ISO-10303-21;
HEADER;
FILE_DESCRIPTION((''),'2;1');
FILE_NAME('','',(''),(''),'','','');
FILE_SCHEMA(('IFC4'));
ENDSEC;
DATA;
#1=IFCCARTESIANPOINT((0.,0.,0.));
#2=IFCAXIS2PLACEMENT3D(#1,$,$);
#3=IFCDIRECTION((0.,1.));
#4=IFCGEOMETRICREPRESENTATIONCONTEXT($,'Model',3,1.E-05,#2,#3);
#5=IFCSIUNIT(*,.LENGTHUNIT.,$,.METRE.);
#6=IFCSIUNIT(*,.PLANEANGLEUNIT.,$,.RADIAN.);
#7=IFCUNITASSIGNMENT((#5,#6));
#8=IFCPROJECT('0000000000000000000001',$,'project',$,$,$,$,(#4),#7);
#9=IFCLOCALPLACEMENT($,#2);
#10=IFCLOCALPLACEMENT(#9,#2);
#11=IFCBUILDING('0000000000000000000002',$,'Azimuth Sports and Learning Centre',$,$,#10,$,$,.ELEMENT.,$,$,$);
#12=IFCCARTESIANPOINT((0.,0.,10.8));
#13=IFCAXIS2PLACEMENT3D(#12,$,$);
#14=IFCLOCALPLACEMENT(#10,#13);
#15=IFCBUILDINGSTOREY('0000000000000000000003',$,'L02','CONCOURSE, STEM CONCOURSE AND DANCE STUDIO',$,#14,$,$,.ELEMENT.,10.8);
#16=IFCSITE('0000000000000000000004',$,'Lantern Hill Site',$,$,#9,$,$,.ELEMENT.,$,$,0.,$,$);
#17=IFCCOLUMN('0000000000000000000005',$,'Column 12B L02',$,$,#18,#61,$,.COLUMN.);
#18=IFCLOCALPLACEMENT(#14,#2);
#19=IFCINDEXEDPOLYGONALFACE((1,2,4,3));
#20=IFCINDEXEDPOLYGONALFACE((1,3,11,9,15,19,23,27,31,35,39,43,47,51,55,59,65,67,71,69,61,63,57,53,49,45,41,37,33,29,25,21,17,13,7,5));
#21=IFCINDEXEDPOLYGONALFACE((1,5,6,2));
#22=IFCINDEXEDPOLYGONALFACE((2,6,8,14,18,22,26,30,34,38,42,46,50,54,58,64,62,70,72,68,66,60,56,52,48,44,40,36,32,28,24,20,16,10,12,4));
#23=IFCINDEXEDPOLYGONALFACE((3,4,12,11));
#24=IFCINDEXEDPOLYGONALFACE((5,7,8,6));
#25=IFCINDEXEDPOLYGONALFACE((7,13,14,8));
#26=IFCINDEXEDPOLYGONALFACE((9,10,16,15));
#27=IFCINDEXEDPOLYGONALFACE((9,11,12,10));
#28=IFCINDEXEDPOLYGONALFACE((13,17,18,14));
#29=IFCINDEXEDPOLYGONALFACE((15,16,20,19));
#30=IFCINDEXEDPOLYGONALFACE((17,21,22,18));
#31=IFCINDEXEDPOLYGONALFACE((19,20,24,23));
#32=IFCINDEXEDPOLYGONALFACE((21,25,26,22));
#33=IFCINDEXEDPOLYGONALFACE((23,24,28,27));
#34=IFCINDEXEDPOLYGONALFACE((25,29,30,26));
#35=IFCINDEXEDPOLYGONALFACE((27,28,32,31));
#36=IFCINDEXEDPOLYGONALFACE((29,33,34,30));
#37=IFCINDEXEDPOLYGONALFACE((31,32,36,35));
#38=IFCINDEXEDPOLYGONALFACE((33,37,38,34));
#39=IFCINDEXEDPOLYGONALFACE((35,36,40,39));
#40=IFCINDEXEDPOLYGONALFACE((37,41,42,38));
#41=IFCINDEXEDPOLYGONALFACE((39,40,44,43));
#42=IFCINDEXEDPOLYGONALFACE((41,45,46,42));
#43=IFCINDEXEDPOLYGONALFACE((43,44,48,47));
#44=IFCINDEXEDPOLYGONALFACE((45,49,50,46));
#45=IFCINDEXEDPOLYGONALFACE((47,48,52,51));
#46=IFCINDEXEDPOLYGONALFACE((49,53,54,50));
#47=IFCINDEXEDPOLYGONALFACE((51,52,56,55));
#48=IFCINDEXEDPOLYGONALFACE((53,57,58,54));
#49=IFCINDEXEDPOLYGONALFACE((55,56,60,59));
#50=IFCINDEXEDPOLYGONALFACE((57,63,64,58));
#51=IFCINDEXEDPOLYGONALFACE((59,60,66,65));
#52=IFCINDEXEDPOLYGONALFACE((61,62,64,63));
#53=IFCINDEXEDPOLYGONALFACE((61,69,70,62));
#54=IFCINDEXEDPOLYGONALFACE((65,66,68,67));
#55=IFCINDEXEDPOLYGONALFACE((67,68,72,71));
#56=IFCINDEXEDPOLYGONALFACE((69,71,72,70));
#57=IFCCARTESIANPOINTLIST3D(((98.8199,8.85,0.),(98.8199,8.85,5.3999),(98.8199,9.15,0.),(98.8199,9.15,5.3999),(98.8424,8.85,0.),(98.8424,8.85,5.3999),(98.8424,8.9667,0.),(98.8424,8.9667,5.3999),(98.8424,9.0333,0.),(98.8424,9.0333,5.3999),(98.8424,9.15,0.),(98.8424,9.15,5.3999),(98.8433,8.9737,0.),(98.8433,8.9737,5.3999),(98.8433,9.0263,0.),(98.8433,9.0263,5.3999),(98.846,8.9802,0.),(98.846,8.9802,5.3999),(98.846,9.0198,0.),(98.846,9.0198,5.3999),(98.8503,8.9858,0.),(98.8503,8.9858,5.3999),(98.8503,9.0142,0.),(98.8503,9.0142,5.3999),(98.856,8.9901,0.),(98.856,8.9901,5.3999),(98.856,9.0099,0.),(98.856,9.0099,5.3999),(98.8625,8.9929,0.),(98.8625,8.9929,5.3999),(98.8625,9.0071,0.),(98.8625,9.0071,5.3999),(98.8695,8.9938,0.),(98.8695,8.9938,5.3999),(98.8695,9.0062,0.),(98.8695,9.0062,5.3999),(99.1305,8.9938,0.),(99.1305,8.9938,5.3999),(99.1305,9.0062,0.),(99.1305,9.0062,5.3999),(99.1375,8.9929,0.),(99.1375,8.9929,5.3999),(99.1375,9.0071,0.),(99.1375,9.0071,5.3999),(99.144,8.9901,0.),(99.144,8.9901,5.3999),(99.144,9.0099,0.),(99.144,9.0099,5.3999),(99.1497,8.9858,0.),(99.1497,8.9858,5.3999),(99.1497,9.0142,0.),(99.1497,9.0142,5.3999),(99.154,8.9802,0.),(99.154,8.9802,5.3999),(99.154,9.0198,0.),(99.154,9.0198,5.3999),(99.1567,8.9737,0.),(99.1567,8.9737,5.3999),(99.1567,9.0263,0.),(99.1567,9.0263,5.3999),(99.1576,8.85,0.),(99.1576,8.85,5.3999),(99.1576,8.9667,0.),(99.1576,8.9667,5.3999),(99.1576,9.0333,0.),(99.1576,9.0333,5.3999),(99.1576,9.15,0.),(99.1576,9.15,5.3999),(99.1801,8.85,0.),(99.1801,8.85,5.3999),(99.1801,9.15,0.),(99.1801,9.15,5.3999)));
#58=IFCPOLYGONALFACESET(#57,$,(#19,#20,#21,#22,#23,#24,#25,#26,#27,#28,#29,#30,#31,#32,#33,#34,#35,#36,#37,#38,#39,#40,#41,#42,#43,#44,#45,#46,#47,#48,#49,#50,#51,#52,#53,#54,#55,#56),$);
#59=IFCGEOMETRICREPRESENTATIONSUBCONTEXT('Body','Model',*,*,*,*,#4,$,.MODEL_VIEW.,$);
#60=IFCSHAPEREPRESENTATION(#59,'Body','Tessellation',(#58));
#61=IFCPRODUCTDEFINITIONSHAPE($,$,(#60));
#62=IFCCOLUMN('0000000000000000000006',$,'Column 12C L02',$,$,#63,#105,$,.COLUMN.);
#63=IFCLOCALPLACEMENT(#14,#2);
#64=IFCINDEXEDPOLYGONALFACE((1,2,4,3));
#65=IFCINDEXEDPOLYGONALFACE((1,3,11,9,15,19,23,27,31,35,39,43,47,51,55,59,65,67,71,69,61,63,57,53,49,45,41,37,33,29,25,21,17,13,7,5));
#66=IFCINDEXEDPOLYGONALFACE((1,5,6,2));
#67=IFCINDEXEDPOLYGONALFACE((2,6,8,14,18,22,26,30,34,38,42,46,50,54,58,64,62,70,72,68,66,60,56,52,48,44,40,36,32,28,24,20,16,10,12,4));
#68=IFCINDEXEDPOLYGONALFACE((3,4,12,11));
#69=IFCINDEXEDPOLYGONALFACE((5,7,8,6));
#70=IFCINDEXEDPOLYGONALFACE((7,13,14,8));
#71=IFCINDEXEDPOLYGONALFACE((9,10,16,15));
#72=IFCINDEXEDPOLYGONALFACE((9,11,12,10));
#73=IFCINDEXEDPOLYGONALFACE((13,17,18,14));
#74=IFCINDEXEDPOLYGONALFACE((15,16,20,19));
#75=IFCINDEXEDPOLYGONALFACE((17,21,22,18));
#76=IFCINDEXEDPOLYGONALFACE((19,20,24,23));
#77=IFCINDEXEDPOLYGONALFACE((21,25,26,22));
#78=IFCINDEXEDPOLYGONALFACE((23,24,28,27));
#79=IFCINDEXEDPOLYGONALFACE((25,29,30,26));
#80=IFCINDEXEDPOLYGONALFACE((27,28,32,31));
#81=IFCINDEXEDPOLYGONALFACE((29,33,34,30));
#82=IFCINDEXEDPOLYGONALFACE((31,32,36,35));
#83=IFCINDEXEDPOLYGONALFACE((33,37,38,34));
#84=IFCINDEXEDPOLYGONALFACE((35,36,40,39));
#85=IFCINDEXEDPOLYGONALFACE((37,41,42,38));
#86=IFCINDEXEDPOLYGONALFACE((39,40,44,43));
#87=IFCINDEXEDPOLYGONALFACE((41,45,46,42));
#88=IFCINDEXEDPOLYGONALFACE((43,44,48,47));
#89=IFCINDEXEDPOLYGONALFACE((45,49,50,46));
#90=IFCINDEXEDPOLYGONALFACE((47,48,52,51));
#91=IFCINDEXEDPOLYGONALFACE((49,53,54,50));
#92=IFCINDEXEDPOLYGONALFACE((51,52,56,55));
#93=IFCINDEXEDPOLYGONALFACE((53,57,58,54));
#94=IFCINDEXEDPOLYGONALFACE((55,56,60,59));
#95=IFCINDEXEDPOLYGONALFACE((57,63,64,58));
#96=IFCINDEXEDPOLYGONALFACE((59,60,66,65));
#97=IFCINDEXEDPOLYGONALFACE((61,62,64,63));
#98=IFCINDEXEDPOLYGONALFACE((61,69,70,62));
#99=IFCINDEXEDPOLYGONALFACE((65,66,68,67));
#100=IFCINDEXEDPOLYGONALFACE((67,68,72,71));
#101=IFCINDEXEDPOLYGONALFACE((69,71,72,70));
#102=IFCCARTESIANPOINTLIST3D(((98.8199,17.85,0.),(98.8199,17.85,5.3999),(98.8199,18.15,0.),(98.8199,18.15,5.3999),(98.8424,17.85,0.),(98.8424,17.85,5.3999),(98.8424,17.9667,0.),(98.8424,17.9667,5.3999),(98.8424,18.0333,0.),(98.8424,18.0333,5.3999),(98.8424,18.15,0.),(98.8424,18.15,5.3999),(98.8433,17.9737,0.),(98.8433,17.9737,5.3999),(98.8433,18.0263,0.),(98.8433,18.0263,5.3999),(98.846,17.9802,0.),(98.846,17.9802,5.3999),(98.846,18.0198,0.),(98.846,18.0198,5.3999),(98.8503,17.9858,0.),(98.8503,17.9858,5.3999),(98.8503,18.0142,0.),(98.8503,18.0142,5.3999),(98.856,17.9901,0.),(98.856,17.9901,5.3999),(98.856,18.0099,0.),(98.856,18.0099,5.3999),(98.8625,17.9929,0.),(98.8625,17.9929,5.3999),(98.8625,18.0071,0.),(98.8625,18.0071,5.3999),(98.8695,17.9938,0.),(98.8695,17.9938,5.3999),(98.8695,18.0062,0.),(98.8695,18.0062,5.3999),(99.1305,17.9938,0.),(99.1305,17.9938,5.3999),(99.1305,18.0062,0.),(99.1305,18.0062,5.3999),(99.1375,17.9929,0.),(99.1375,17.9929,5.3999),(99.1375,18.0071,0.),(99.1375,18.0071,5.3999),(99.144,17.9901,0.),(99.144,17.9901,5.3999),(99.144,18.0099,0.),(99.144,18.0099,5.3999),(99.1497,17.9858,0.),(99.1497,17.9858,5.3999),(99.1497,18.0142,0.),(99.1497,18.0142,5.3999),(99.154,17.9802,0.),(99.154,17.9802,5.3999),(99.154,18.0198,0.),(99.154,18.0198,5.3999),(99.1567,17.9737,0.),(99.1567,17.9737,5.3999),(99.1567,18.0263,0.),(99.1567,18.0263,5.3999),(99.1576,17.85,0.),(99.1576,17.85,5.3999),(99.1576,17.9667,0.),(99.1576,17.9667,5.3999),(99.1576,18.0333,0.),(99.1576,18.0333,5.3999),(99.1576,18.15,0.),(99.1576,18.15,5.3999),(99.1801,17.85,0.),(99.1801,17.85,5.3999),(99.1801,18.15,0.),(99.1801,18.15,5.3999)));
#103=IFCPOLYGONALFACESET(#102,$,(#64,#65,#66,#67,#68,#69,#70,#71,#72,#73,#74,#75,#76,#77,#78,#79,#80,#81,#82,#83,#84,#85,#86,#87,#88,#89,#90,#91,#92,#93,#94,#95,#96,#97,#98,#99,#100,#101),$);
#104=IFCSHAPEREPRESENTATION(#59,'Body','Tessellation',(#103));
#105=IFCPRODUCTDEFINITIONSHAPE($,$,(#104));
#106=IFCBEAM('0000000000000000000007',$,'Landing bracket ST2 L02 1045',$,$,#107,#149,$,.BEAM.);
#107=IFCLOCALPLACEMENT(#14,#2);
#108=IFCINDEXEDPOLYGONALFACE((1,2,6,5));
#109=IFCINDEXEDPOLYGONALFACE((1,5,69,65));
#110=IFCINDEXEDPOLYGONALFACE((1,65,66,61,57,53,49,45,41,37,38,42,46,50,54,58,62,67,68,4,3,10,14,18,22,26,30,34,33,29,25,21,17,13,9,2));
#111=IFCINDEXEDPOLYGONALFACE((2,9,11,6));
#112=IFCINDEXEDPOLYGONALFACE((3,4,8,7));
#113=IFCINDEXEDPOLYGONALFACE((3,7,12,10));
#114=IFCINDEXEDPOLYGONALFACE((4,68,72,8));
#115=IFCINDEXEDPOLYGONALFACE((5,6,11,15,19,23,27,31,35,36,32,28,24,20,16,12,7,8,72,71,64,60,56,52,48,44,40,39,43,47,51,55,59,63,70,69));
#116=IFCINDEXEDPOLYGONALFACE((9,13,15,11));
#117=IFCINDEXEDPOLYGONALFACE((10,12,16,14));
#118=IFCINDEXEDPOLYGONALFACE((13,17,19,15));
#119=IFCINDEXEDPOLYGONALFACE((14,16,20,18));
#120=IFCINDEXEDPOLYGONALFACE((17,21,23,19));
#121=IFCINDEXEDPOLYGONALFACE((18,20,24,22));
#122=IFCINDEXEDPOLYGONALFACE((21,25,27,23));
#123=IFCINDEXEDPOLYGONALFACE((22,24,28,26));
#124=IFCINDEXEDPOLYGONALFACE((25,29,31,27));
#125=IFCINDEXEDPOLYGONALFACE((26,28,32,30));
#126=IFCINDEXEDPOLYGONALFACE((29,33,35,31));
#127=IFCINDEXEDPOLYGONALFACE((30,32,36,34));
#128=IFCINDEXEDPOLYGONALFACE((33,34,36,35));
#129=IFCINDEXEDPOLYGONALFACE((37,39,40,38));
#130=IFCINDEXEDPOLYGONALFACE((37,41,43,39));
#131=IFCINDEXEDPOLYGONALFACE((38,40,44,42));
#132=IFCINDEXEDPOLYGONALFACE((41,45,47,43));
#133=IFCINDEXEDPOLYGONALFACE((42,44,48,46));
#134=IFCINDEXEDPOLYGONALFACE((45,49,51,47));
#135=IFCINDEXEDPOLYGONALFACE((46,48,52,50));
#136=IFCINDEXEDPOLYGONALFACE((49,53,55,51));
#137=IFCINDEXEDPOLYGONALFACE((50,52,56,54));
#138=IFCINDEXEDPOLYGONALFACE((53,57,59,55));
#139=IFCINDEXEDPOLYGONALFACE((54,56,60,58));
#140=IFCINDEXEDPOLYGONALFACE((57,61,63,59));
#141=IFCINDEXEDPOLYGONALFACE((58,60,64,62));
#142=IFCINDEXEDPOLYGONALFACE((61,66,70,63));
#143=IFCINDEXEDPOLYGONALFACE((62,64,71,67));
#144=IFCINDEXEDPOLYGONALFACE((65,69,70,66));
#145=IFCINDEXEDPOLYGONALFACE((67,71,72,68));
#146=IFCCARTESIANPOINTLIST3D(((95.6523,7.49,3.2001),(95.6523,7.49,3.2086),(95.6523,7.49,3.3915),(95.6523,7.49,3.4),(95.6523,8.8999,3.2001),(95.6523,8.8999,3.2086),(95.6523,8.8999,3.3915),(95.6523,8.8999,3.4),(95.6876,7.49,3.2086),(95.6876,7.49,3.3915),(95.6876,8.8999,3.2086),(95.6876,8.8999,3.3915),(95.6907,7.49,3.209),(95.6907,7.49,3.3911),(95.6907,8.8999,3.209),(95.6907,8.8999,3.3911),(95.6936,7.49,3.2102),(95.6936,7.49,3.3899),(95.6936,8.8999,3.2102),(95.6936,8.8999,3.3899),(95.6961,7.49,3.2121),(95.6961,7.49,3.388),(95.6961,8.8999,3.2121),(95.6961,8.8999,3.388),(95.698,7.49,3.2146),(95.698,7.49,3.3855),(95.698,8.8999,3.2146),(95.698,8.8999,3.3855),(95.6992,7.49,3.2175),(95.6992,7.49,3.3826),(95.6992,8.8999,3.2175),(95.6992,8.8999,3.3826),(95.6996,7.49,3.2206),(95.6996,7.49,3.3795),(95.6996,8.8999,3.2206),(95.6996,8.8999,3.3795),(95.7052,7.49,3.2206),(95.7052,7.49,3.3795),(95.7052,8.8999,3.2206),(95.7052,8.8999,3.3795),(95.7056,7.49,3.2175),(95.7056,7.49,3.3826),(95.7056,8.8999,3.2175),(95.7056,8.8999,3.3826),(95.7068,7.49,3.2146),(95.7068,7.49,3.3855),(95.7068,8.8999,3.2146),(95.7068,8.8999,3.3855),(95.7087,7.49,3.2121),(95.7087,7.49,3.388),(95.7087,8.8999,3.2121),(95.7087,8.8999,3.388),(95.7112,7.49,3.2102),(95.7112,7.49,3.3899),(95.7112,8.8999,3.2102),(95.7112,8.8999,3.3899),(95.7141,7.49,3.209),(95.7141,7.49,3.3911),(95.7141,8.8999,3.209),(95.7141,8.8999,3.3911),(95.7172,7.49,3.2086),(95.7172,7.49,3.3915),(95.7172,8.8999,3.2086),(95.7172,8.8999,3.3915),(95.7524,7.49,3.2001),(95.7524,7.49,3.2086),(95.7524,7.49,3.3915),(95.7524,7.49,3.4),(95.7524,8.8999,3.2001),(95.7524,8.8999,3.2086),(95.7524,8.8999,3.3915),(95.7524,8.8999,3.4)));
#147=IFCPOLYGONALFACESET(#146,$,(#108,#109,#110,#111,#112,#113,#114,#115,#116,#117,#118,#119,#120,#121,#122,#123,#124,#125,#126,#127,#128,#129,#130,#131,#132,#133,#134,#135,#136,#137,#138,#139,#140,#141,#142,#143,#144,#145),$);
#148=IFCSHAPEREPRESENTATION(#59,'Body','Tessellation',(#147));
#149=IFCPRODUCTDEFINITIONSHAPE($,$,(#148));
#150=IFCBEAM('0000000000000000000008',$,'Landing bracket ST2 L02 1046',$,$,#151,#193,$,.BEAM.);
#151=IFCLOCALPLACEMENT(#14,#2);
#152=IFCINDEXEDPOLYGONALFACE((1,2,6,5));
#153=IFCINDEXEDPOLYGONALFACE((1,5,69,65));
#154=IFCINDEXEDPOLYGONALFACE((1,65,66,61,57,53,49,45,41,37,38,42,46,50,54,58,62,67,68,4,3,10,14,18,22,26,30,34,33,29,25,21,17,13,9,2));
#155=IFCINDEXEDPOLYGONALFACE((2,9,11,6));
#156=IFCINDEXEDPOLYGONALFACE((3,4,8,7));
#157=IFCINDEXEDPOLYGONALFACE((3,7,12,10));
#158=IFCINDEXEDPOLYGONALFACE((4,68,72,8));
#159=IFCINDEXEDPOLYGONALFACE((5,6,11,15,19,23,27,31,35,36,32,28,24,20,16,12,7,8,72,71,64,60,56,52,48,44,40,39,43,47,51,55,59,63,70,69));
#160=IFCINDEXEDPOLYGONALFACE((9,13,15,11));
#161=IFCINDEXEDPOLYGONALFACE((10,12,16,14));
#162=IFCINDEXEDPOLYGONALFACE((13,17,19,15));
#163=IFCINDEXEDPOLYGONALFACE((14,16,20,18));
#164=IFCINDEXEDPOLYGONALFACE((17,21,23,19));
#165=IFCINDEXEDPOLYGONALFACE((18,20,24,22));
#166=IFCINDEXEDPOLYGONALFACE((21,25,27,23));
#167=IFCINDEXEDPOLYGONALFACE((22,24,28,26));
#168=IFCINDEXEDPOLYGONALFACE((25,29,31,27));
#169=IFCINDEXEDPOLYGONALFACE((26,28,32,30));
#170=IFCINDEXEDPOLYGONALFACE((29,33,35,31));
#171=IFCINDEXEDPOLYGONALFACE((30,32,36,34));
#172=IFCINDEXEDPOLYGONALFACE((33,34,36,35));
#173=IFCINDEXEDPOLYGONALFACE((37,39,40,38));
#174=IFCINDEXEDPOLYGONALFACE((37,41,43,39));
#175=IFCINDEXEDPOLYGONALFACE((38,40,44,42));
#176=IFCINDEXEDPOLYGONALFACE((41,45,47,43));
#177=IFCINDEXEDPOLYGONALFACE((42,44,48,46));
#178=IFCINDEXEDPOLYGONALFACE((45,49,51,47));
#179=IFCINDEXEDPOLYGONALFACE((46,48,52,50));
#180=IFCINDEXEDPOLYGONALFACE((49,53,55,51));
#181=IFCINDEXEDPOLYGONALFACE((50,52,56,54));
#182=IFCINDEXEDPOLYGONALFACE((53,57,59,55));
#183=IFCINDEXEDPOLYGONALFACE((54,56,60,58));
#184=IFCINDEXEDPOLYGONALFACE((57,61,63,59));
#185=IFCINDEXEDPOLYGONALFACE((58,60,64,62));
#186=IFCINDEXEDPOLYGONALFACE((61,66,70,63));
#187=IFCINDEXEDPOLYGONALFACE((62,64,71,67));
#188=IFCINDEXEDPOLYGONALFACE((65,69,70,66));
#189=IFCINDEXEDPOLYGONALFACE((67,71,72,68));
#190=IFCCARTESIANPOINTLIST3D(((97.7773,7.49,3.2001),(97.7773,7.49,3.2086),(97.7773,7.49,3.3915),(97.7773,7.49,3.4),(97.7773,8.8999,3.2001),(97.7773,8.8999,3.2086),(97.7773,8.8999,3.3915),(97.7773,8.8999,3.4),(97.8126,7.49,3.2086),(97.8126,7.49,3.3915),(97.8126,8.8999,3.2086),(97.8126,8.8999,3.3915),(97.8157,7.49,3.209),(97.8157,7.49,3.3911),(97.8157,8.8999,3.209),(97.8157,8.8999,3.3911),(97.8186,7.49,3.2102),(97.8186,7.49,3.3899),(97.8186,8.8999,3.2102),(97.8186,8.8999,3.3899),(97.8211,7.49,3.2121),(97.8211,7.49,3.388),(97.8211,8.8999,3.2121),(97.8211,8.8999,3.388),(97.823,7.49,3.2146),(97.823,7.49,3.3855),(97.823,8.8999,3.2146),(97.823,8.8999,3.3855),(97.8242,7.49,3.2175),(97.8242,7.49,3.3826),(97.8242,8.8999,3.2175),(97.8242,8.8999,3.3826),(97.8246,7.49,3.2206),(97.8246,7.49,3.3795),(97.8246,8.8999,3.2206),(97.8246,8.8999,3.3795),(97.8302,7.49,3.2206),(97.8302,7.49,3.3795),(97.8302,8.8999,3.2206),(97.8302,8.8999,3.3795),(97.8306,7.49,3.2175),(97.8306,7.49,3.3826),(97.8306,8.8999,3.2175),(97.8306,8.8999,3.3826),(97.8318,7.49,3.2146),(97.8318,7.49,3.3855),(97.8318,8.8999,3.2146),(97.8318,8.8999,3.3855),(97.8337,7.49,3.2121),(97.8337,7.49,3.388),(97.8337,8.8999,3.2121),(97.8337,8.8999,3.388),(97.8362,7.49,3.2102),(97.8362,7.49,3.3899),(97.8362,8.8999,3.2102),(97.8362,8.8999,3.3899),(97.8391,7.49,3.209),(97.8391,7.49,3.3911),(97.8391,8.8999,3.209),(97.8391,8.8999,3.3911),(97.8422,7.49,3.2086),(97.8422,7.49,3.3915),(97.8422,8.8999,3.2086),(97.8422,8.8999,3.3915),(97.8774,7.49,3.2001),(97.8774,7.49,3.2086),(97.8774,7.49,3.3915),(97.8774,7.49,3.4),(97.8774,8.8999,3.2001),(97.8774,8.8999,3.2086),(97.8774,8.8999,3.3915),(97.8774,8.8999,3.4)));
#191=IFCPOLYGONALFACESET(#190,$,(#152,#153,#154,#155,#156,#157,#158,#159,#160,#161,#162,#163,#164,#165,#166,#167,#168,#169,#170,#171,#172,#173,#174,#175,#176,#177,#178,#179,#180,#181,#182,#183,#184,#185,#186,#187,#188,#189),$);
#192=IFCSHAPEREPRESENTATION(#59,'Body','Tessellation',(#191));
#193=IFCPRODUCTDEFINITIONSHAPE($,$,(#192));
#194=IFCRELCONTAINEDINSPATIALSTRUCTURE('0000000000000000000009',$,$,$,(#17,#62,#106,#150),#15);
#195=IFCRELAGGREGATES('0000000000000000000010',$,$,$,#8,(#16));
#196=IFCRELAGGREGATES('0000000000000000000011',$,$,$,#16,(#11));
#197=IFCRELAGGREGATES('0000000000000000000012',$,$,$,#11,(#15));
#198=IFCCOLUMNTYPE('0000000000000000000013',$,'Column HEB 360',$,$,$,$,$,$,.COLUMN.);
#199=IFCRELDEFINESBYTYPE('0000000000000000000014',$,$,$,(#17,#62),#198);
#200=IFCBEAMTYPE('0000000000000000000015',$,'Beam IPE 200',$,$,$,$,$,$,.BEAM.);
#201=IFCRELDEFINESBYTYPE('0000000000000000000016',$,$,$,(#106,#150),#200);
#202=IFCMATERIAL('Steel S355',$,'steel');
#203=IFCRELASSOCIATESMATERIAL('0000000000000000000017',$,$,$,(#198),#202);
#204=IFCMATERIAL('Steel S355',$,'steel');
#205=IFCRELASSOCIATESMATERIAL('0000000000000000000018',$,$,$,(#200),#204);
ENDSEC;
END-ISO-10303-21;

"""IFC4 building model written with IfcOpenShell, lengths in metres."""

from ifc_helpers import new_model, si_unit, direction, frame, origin, origin_2d, place, context, subcontext, project, spatial, i_section, extrude, material, material_profile, profile_set, type_object, element, save


model = new_model("IFC4")

# Units and contexts
model_context = context("Model", 3, precision=1e-05, world=origin(), true_north=direction((0.0, 1.0)))
body_context = subcontext(model_context, "Body", "Model", "MODEL_VIEW")
ifc_project = project(units=[si_unit("LENGTHUNIT", "METRE"), si_unit("PLANEANGLEUNIT", "RADIAN")], contexts=[model_context])

# Site, building, storey
site_placement = place(None, origin())
site = spatial("IfcSite", under=ifc_project, at=site_placement, Name="Lantern Hill Site", CompositionType="ELEMENT", RefElevation=0.0)
building_placement = place(site_placement, origin())
building = spatial("IfcBuilding", under=site, at=building_placement, Name="Azimuth Sports and Learning Centre", CompositionType="ELEMENT")
storey_placement = place(building_placement, frame((0.0, 0.0, 10.8)))
storey = spatial("IfcBuildingStorey", under=building, at=storey_placement, Name="L02", Description="CONCOURSE, STEM CONCOURSE AND DANCE STUDIO", CompositionType="ELEMENT", Elevation=10.8)

# Columns
ifc_material_1 = material(Name="Steel S355", Category="steel")
ifc_material_profile_1 = material_profile(ifc_material_1, i_section(OverallWidth=0.3, OverallDepth=0.3601, WebThickness=0.0125, FlangeThickness=0.0225, FilletRadius=0.0271, at=origin_2d()), Name="HEB 360")
ifc_profile_set_1 = profile_set([ifc_material_profile_1], Name="Steel S355")
column_type = type_object("IfcColumnType", Name="Column HEB 360", PredefinedType="COLUMN", material=ifc_profile_set_1)
for number, where, z_axis, x_axis, name in (
    (1, (99.0, 9.0, 0.0), (0.0, 0.0, 1.0), (0.0, 1.0, 0.0), "Column 12B L02"),
    (2, (99.0, 18.0, 0.0), (0.0, 0.0, 1.0), (0.0, 1.0, 0.0), "Column 12C L02"),
):
    element("IfcColumn", number, at=place(storey_placement, frame(where, z_axis=z_axis, x_axis=x_axis)), inside=storey, type_object=column_type, Name=name, PredefinedType="COLUMN", context=body_context, shape_type="SweptSolid", body=[
        extrude(i_section(OverallWidth=0.3, OverallDepth=0.3601, WebThickness=0.0125, FlangeThickness=0.0225, FilletRadius=0.0271, at=origin_2d()), origin(), (0.0, 0.0, 1.0), 5.3999),
    ])

# Beams
ifc_material_2 = material(Name="Steel S355", Category="steel")
ifc_material_profile_2 = material_profile(ifc_material_2, i_section(OverallWidth=0.1001, OverallDepth=0.2, WebThickness=0.0056, FlangeThickness=0.0085, FilletRadius=0.012, at=origin_2d()), Name="IPE 200")
ifc_profile_set_2 = profile_set([ifc_material_profile_2], Name="Steel S355")
beam_type_1 = type_object("IfcBeamType", Name="Beam IPE 200", PredefinedType="BEAM", material=ifc_profile_set_2)
for number, where, z_axis, x_axis, name in (
    (3, (95.7024, 8.8999, 3.3), (0.0, -1.0, 0.0), (1.0, 0.0, 0.0), "Landing bracket ST2 L02 1045"),
    (4, (97.8274, 8.8999, 3.3), (0.0, -1.0, 0.0), (1.0, 0.0, 0.0), "Landing bracket ST2 L02 1046"),
):
    element("IfcBeam", number, at=place(storey_placement, frame(where, z_axis=z_axis, x_axis=x_axis)), inside=storey, type_object=beam_type_1, Name=name, PredefinedType="BEAM", context=body_context, shape_type="SweptSolid", body=[
        extrude(i_section(OverallWidth=0.1001, OverallDepth=0.2, WebThickness=0.0056, FlangeThickness=0.0085, FilletRadius=0.012, at=origin_2d()), origin(), (0.0, 0.0, 1.0), 1.4099),
    ])

save(model, "model.ifc")
